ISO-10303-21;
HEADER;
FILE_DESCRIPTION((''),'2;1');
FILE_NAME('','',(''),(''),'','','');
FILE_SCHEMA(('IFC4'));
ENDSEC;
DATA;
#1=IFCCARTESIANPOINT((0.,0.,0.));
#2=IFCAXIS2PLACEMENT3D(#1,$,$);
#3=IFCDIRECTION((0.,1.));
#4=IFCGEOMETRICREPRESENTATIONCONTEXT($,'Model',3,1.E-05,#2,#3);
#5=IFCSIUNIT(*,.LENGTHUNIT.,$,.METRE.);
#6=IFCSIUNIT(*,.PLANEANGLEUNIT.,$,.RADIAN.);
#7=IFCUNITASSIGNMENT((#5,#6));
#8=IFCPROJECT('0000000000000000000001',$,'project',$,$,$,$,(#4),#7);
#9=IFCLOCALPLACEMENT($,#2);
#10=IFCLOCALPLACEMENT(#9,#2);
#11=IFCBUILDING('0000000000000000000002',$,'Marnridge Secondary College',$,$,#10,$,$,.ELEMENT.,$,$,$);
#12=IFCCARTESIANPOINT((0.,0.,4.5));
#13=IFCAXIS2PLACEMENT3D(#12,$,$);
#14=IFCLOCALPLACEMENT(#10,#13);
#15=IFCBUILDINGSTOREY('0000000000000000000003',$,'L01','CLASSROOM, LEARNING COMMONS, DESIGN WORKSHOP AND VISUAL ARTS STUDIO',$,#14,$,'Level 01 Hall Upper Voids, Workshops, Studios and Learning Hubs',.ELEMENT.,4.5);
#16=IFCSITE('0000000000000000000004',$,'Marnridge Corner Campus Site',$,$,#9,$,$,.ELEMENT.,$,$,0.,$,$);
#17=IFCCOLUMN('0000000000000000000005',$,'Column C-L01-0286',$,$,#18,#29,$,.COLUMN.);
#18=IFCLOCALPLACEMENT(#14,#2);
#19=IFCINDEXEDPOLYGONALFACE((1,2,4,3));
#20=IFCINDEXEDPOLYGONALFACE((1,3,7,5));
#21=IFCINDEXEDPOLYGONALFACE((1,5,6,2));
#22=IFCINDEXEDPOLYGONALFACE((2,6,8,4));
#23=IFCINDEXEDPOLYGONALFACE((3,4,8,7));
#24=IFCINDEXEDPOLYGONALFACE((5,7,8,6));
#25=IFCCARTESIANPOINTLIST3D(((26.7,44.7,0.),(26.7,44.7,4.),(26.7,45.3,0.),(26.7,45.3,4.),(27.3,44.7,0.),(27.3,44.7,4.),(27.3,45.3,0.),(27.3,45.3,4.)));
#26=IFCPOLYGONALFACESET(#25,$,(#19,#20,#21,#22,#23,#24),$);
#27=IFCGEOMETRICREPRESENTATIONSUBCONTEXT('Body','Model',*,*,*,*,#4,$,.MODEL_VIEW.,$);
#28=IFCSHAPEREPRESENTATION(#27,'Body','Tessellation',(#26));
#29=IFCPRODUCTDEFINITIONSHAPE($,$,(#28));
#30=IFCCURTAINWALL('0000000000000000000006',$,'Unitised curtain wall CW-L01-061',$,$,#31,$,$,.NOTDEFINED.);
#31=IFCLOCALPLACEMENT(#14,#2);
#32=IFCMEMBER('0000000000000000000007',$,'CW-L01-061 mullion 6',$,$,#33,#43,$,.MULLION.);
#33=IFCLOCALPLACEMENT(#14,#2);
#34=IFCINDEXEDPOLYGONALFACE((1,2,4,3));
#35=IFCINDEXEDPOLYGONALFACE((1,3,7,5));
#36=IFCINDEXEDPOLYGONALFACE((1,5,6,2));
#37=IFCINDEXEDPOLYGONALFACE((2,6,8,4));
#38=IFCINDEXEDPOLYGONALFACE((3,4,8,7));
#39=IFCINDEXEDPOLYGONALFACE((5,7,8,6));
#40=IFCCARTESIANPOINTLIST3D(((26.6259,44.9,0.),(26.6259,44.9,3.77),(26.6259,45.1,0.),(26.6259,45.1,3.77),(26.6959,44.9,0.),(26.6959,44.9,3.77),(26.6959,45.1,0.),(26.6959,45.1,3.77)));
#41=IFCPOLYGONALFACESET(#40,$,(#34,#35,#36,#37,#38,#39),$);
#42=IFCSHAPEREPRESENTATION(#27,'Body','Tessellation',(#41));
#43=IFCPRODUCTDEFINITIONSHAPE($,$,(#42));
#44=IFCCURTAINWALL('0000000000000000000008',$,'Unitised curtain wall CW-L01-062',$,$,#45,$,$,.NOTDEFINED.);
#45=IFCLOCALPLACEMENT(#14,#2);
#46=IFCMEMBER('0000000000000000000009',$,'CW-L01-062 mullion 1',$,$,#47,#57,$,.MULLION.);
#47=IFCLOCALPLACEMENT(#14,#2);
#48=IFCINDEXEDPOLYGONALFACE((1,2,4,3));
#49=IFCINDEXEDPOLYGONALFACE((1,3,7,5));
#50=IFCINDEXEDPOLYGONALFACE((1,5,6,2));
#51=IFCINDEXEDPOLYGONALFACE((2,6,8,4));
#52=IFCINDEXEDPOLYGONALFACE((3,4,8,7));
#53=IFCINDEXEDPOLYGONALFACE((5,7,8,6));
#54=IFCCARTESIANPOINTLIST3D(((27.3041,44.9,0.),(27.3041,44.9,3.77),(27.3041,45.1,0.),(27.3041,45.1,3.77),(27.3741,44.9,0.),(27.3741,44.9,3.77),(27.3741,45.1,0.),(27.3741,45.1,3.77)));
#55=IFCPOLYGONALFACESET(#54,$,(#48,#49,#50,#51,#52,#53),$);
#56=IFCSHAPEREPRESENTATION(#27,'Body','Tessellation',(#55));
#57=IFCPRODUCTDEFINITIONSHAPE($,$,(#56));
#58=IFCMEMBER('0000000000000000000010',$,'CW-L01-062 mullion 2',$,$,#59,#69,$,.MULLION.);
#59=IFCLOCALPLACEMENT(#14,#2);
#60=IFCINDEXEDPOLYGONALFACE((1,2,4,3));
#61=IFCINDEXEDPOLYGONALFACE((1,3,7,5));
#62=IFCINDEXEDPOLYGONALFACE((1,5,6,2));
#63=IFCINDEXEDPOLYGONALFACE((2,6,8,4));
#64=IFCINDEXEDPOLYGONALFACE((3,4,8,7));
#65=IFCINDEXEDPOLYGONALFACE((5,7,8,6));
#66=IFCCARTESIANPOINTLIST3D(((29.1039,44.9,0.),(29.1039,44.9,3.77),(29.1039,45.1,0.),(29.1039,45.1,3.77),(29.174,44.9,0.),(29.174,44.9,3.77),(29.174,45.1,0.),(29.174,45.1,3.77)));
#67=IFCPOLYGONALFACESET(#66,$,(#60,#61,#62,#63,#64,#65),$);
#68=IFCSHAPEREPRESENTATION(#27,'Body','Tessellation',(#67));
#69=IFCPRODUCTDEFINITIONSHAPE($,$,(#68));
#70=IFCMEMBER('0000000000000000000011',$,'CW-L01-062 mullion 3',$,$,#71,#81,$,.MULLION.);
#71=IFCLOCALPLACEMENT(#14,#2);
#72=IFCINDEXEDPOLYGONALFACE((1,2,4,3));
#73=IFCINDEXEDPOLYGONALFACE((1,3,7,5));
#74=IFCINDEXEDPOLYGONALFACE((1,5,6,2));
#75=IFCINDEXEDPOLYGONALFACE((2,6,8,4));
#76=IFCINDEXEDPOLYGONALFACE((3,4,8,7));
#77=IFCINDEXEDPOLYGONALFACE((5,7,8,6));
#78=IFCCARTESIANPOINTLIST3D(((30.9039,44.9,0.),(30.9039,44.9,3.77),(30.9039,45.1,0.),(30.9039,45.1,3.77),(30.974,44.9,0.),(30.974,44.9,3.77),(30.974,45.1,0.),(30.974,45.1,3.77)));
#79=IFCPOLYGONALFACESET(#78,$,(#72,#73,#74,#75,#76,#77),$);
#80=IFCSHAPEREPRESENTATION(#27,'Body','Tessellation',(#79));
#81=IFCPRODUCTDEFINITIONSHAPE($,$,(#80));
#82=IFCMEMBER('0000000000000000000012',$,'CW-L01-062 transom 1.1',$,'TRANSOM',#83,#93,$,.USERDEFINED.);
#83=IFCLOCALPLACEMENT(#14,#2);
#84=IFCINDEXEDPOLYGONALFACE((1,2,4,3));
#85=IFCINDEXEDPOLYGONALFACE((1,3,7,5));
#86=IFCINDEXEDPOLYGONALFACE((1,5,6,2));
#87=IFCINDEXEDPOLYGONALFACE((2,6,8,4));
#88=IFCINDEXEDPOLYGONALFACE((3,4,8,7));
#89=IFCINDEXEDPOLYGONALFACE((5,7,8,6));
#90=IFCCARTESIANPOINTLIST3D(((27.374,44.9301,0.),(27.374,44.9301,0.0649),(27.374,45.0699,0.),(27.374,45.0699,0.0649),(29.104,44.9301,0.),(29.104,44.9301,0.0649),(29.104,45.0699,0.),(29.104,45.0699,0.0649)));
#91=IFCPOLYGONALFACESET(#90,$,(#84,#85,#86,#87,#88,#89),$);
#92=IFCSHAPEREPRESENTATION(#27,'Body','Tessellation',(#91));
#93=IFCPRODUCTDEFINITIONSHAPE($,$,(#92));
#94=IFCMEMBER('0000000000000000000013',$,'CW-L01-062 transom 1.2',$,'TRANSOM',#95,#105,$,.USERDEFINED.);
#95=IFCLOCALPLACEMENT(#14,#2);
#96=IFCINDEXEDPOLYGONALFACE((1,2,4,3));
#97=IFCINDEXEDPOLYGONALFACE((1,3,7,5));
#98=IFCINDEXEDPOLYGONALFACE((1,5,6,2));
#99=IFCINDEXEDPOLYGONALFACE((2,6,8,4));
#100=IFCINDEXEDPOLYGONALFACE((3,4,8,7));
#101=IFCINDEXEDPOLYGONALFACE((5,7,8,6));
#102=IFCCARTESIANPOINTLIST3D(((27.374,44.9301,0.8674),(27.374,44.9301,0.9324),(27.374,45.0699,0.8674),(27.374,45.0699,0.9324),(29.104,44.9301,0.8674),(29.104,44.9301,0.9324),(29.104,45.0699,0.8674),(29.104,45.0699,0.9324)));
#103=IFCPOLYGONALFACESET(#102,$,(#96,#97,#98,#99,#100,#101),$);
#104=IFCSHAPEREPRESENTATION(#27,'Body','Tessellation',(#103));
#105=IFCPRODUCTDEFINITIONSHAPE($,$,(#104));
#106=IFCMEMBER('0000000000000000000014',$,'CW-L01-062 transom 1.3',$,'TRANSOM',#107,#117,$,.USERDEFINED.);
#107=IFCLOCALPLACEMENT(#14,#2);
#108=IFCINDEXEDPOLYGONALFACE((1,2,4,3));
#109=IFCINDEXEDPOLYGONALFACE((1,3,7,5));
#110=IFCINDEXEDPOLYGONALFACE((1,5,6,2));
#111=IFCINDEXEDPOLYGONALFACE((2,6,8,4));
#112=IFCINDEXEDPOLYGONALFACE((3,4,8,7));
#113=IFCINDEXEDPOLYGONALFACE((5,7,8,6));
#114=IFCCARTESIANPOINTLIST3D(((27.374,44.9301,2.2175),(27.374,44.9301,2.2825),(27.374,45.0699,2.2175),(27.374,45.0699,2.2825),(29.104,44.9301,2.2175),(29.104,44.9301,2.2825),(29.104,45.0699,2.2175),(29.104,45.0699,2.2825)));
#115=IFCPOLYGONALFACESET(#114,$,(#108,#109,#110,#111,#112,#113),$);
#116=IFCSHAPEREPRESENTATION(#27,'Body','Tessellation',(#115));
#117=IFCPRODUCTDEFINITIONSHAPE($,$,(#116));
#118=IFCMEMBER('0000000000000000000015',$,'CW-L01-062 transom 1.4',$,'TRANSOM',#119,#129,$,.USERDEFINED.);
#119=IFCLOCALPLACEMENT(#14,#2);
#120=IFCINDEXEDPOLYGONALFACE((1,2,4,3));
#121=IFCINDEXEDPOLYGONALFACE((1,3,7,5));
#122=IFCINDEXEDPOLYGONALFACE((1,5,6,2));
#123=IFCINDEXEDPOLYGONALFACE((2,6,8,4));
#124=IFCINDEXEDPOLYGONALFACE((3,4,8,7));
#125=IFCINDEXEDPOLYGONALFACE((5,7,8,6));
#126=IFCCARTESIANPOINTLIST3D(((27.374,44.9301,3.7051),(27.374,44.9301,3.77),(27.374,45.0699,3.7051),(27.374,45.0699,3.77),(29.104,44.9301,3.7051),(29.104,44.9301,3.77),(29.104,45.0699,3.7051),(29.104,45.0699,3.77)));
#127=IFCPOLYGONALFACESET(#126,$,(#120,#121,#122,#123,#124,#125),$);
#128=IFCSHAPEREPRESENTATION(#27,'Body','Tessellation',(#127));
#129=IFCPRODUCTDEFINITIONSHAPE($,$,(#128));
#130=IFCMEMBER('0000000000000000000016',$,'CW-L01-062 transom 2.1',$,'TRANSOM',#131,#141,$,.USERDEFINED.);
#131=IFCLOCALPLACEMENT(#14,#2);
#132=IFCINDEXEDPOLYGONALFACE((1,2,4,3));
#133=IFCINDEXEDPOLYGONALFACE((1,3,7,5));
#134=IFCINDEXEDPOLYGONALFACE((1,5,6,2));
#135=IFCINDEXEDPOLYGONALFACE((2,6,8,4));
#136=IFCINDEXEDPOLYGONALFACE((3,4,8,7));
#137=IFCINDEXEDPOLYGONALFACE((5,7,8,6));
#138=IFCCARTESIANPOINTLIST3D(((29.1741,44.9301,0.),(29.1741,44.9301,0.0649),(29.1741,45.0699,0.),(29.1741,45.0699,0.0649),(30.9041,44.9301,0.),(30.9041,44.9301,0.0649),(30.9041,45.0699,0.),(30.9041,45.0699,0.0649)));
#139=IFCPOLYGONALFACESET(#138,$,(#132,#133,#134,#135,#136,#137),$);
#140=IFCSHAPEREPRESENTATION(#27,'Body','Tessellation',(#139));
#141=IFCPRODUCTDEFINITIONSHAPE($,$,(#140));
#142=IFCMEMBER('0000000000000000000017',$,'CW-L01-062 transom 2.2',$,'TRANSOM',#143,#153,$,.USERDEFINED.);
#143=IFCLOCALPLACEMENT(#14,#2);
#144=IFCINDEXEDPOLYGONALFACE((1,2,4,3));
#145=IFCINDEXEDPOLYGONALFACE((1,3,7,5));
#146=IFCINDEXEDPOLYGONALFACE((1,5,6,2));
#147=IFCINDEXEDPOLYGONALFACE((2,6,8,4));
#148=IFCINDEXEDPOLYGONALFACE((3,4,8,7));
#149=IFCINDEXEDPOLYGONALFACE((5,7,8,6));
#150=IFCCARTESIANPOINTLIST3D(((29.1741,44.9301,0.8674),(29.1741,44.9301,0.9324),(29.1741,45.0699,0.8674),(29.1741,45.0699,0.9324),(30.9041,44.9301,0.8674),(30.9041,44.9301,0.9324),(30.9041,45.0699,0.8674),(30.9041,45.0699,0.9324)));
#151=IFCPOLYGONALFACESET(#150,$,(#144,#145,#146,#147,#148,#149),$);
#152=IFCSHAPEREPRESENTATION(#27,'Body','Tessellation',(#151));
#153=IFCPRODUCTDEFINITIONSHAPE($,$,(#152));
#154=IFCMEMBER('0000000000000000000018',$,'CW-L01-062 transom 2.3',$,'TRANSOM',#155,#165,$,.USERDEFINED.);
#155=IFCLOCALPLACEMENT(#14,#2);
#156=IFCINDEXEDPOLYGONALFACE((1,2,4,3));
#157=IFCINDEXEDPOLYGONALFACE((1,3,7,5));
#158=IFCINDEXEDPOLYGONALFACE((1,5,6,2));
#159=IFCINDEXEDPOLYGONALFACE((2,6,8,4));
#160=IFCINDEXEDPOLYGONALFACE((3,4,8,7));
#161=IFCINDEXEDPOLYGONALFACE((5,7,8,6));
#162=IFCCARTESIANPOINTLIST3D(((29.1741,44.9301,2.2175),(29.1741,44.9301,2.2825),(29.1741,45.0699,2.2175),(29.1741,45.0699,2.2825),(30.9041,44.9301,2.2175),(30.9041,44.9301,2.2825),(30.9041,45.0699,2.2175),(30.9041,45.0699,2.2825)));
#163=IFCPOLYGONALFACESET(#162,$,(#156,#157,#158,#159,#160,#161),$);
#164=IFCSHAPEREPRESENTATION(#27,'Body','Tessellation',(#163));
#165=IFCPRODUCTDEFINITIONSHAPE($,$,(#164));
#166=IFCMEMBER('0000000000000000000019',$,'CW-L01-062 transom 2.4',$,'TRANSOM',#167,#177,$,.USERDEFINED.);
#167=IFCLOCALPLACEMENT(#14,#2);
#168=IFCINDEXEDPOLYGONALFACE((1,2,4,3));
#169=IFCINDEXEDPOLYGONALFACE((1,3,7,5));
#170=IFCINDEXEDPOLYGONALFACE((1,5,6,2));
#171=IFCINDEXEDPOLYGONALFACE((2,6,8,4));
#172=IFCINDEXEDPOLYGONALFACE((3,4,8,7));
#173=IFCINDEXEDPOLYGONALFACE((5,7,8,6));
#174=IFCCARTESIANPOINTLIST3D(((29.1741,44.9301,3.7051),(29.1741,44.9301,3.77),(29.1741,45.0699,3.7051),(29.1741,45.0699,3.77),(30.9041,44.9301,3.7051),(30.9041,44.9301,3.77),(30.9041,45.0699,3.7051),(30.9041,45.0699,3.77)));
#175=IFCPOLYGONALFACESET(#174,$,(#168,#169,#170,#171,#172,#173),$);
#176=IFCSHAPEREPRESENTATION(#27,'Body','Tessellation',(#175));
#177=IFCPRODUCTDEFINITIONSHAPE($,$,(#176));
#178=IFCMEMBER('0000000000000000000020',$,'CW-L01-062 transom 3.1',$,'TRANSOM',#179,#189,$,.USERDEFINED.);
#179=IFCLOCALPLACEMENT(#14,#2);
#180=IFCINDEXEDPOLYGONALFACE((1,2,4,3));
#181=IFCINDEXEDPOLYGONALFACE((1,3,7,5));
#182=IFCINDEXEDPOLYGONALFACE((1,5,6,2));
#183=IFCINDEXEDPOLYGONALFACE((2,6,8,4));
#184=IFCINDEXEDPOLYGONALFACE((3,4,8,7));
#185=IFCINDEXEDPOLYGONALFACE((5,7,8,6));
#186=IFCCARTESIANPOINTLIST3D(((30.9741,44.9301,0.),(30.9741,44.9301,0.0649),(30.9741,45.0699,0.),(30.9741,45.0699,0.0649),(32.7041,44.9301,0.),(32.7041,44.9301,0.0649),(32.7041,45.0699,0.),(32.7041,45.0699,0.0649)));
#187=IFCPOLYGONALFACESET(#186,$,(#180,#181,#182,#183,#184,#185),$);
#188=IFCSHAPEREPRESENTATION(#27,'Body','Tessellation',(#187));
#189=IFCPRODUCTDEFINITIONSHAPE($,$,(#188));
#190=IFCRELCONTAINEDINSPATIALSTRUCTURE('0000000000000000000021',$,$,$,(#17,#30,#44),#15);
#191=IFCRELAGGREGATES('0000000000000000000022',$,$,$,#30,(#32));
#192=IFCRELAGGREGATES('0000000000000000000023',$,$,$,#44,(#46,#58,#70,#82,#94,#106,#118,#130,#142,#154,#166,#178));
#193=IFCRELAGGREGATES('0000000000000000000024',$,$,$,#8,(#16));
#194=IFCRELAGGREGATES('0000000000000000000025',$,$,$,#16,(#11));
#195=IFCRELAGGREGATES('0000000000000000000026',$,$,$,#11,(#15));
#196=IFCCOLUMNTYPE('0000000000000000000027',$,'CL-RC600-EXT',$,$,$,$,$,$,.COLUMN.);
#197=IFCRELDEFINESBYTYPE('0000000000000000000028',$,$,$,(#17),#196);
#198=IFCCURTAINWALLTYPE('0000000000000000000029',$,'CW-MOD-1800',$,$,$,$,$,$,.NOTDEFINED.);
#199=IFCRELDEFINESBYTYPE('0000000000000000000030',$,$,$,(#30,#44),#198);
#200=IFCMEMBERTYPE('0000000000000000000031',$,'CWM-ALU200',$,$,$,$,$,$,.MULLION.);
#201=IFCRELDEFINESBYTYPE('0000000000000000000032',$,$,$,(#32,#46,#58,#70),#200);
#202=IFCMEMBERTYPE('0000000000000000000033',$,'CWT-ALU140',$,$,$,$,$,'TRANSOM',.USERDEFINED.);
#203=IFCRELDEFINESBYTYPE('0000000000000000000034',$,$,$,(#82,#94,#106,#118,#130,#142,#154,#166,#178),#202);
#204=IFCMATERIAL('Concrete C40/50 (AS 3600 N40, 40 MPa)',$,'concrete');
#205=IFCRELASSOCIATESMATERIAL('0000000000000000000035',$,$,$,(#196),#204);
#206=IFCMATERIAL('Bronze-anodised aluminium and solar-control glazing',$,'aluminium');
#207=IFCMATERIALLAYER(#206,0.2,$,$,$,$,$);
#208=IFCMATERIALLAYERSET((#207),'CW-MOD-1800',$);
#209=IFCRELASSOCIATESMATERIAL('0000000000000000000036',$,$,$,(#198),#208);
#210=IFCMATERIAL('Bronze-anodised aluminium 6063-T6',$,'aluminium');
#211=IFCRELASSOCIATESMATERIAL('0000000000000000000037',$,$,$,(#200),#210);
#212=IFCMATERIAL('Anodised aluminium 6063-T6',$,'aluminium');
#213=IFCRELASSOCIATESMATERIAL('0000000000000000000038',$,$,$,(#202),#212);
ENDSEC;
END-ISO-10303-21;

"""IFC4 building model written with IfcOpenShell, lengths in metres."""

from ifc_helpers import new_model, si_unit, direction, frame, origin, origin_2d, place, context, subcontext, project, spatial, rectangle, extrude, material, layer, layer_set, material_profile, profile_set, type_object, element, aggregate, save


model = new_model("IFC4")

# Units and contexts
model_context = context("Model", 3, precision=1e-05, world=origin(), true_north=direction((0.0, 1.0)))
body_context = subcontext(model_context, "Body", "Model", "MODEL_VIEW")
ifc_project = project(units=[si_unit("LENGTHUNIT", "METRE"), si_unit("PLANEANGLEUNIT", "RADIAN")], contexts=[model_context])

# Site, building, storey
site_placement = place(None, origin())
site = spatial("IfcSite", under=ifc_project, at=site_placement, Name="Marnridge Corner Campus Site", CompositionType="ELEMENT", RefElevation=0.0)
building_placement = place(site_placement, origin())
building = spatial("IfcBuilding", under=site, at=building_placement, Name="Marnridge Secondary College", CompositionType="ELEMENT")
storey_placement = place(building_placement, frame((0.0, 0.0, 4.5)))
storey = spatial("IfcBuildingStorey", under=building, at=storey_placement, Name="L01", Description="CLASSROOM, LEARNING COMMONS, DESIGN WORKSHOP AND VISUAL ARTS STUDIO", LongName="Level 01 Hall Upper Voids, Workshops, Studios and Learning Hubs", CompositionType="ELEMENT", Elevation=4.5)

# Column
ifc_material_1 = material(Name="Concrete C40/50 (AS 3600 N40, 40 MPa)", Category="concrete")
ifc_material_profile_1 = material_profile(ifc_material_1, rectangle(XDim=0.6001, YDim=0.6001, at=origin_2d()), Name="RC 600x600")
ifc_profile_set_1 = profile_set([ifc_material_profile_1], Name="Concrete C40/50 (AS 3600 N40, 40 MPa)")
column_type = type_object("IfcColumnType", Name="CL-RC600-EXT", PredefinedType="COLUMN", material=ifc_profile_set_1)
column_placement = place(storey_placement, frame((27.0, 45.0, 0.0), z_axis=(0.0, 0.0, 1.0), x_axis=(1.0, 0.0, 0.0)))
element("IfcColumn", 1, at=column_placement, inside=storey, type_object=column_type, Name="Column C-L01-0286", PredefinedType="COLUMN", context=body_context, shape_type="SweptSolid", body=[
    extrude(rectangle(XDim=0.6001, YDim=0.6001, at=origin_2d()), origin(), (0.0, 0.0, 1.0), 4.0),
])

# Curtain wall, member
ifc_material_2 = material(Name="Bronze-anodised aluminium and solar-control glazing", Category="aluminium")
ifc_layer_1 = layer(ifc_material_2, 0.2)
ifc_layer_set_1 = layer_set([ifc_layer_1], Name="CW-MOD-1800")
curtain_wall_type = type_object("IfcCurtainWallType", Name="CW-MOD-1800", PredefinedType="NOTDEFINED", material=ifc_layer_set_1)
curtain_wall_1_placement = place(storey_placement, origin())
curtain_wall_1 = element("IfcCurtainWall", 2, at=curtain_wall_1_placement, inside=storey, type_object=curtain_wall_type, Name="Unitised curtain wall CW-L01-061", PredefinedType="NOTDEFINED")
ifc_material_3 = material(Name="Bronze-anodised aluminium 6063-T6", Category="aluminium")
ifc_material_profile_2 = material_profile(ifc_material_3, rectangle(XDim=0.0701, YDim=0.2, at=origin_2d()), Name="ALU 70x200")
ifc_profile_set_2 = profile_set([ifc_material_profile_2], Name="Bronze-anodised aluminium 6063-T6")
member_type_1 = type_object("IfcMemberType", Name="CWM-ALU200", PredefinedType="MULLION", material=ifc_profile_set_2)
member_1_placement = place(storey_placement, frame((26.6609, 45.0, 0.0), z_axis=(0.0, 0.0, 1.0), x_axis=(1.0, 0.0, 0.0)))
member_1 = element("IfcMember", 3, at=member_1_placement, type_object=member_type_1, Name="CW-L01-061 mullion 6", PredefinedType="MULLION", context=body_context, shape_type="SweptSolid", body=[
    extrude(rectangle(XDim=0.0701, YDim=0.2, at=origin_2d()), origin(), (0.0, 0.0, 1.0), 3.77),
])

# Curtain wall, members
curtain_wall_2_placement = place(storey_placement, origin())
curtain_wall_2 = element("IfcCurtainWall", 4, at=curtain_wall_2_placement, inside=storey, type_object=curtain_wall_type, Name="Unitised curtain wall CW-L01-062", PredefinedType="NOTDEFINED")
member_2_placement = place(storey_placement, frame((27.3391, 45.0, 0.0), z_axis=(0.0, 0.0, 1.0), x_axis=(1.0, 0.0, 0.0)))
member_2 = element("IfcMember", 5, at=member_2_placement, type_object=member_type_1, Name="CW-L01-062 mullion 1", PredefinedType="MULLION", context=body_context, shape_type="SweptSolid", body=[
    extrude(rectangle(XDim=0.0701, YDim=0.2, at=origin_2d()), origin(), (0.0, 0.0, 1.0), 3.77),
])
member_3_placement = place(storey_placement, frame((29.1389, 45.0, 0.0), z_axis=(0.0, 0.0, 1.0), x_axis=(1.0, 0.0, 0.0)))
member_3 = element("IfcMember", 6, at=member_3_placement, type_object=member_type_1, Name="CW-L01-062 mullion 2", PredefinedType="MULLION", context=body_context, shape_type="SweptSolid", body=[
    extrude(rectangle(XDim=0.0701, YDim=0.2, at=origin_2d()), origin(), (0.0, 0.0, 1.0), 3.77),
])
member_4_placement = place(storey_placement, frame((30.939, 45.0, 0.0), z_axis=(0.0, 0.0, 1.0), x_axis=(1.0, 0.0, 0.0)))
member_4 = element("IfcMember", 7, at=member_4_placement, type_object=member_type_1, Name="CW-L01-062 mullion 3", PredefinedType="MULLION", context=body_context, shape_type="SweptSolid", body=[
    extrude(rectangle(XDim=0.0701, YDim=0.2, at=origin_2d()), origin(), (0.0, 0.0, 1.0), 3.77),
])
ifc_material_4 = material(Name="Anodised aluminium 6063-T6", Category="aluminium")
ifc_material_profile_3 = material_profile(ifc_material_4, rectangle(XDim=0.0649, YDim=0.1399, at=origin_2d()), Name="ALU 65x140")
ifc_profile_set_3 = profile_set([ifc_material_profile_3], Name="Anodised aluminium 6063-T6")
member_type_2 = type_object("IfcMemberType", Name="CWT-ALU140", ElementType="TRANSOM", PredefinedType="USERDEFINED", material=ifc_profile_set_3)
member_5_placement = place(storey_placement, frame((27.374, 45.0, 0.0325), z_axis=(1.0, 0.0, 0.0), x_axis=(0.0, 0.0, 1.0)))
member_5 = element("IfcMember", 8, at=member_5_placement, type_object=member_type_2, Name="CW-L01-062 transom 1.1", ObjectType="TRANSOM", PredefinedType="USERDEFINED", context=body_context, shape_type="SweptSolid", body=[
    extrude(rectangle(XDim=0.0649, YDim=0.1399, at=origin_2d()), origin(), (0.0, 0.0, 1.0), 1.73),
])
member_6_placement = place(storey_placement, frame((27.374, 45.0, 0.8999), z_axis=(1.0, 0.0, 0.0), x_axis=(0.0, 0.0, 1.0)))
member_6 = element("IfcMember", 9, at=member_6_placement, type_object=member_type_2, Name="CW-L01-062 transom 1.2", ObjectType="TRANSOM", PredefinedType="USERDEFINED", context=body_context, shape_type="SweptSolid", body=[
    extrude(rectangle(XDim=0.0649, YDim=0.1399, at=origin_2d()), origin(), (0.0, 0.0, 1.0), 1.73),
])
member_7_placement = place(storey_placement, frame((27.374, 45.0, 2.25), z_axis=(1.0, 0.0, 0.0), x_axis=(0.0, 0.0, 1.0)))
member_7 = element("IfcMember", 10, at=member_7_placement, type_object=member_type_2, Name="CW-L01-062 transom 1.3", ObjectType="TRANSOM", PredefinedType="USERDEFINED", context=body_context, shape_type="SweptSolid", body=[
    extrude(rectangle(XDim=0.0649, YDim=0.1399, at=origin_2d()), origin(), (0.0, 0.0, 1.0), 1.73),
])
member_8_placement = place(storey_placement, frame((27.374, 45.0, 3.7375), z_axis=(1.0, 0.0, 0.0), x_axis=(0.0, 0.0, 1.0)))
member_8 = element("IfcMember", 11, at=member_8_placement, type_object=member_type_2, Name="CW-L01-062 transom 1.4", ObjectType="TRANSOM", PredefinedType="USERDEFINED", context=body_context, shape_type="SweptSolid", body=[
    extrude(rectangle(XDim=0.0649, YDim=0.1399, at=origin_2d()), origin(), (0.0, 0.0, 1.0), 1.73),
])
member_9_placement = place(storey_placement, frame((29.1741, 45.0, 0.0325), z_axis=(1.0, 0.0, 0.0), x_axis=(0.0, 0.0, 1.0)))
member_9 = element("IfcMember", 12, at=member_9_placement, type_object=member_type_2, Name="CW-L01-062 transom 2.1", ObjectType="TRANSOM", PredefinedType="USERDEFINED", context=body_context, shape_type="SweptSolid", body=[
    extrude(rectangle(XDim=0.0649, YDim=0.1399, at=origin_2d()), origin(), (0.0, 0.0, 1.0), 1.73),
])
member_10_placement = place(storey_placement, frame((29.1741, 45.0, 0.8999), z_axis=(1.0, 0.0, 0.0), x_axis=(0.0, 0.0, 1.0)))
member_10 = element("IfcMember", 13, at=member_10_placement, type_object=member_type_2, Name="CW-L01-062 transom 2.2", ObjectType="TRANSOM", PredefinedType="USERDEFINED", context=body_context, shape_type="SweptSolid", body=[
    extrude(rectangle(XDim=0.0649, YDim=0.1399, at=origin_2d()), origin(), (0.0, 0.0, 1.0), 1.73),
])
member_11_placement = place(storey_placement, frame((29.1741, 45.0, 2.25), z_axis=(1.0, 0.0, 0.0), x_axis=(0.0, 0.0, 1.0)))
member_11 = element("IfcMember", 14, at=member_11_placement, type_object=member_type_2, Name="CW-L01-062 transom 2.3", ObjectType="TRANSOM", PredefinedType="USERDEFINED", context=body_context, shape_type="SweptSolid", body=[
    extrude(rectangle(XDim=0.0649, YDim=0.1399, at=origin_2d()), origin(), (0.0, 0.0, 1.0), 1.73),
])
member_12_placement = place(storey_placement, frame((29.1741, 45.0, 3.7375), z_axis=(1.0, 0.0, 0.0), x_axis=(0.0, 0.0, 1.0)))
member_12 = element("IfcMember", 15, at=member_12_placement, type_object=member_type_2, Name="CW-L01-062 transom 2.4", ObjectType="TRANSOM", PredefinedType="USERDEFINED", context=body_context, shape_type="SweptSolid", body=[
    extrude(rectangle(XDim=0.0649, YDim=0.1399, at=origin_2d()), origin(), (0.0, 0.0, 1.0), 1.73),
])
member_13_placement = place(storey_placement, frame((30.9741, 45.0, 0.0325), z_axis=(1.0, 0.0, 0.0), x_axis=(0.0, 0.0, 1.0)))
member_13 = element("IfcMember", 16, at=member_13_placement, type_object=member_type_2, Name="CW-L01-062 transom 3.1", ObjectType="TRANSOM", PredefinedType="USERDEFINED", context=body_context, shape_type="SweptSolid", body=[
    extrude(rectangle(XDim=0.0649, YDim=0.1399, at=origin_2d()), origin(), (0.0, 0.0, 1.0), 1.73),
])

aggregate(curtain_wall_1, [member_1])
aggregate(curtain_wall_2, [member_2, member_3, member_4, member_5, member_6, member_7, member_8, member_9, member_10, member_11, member_12, member_13])

save(model, "model.ifc")
